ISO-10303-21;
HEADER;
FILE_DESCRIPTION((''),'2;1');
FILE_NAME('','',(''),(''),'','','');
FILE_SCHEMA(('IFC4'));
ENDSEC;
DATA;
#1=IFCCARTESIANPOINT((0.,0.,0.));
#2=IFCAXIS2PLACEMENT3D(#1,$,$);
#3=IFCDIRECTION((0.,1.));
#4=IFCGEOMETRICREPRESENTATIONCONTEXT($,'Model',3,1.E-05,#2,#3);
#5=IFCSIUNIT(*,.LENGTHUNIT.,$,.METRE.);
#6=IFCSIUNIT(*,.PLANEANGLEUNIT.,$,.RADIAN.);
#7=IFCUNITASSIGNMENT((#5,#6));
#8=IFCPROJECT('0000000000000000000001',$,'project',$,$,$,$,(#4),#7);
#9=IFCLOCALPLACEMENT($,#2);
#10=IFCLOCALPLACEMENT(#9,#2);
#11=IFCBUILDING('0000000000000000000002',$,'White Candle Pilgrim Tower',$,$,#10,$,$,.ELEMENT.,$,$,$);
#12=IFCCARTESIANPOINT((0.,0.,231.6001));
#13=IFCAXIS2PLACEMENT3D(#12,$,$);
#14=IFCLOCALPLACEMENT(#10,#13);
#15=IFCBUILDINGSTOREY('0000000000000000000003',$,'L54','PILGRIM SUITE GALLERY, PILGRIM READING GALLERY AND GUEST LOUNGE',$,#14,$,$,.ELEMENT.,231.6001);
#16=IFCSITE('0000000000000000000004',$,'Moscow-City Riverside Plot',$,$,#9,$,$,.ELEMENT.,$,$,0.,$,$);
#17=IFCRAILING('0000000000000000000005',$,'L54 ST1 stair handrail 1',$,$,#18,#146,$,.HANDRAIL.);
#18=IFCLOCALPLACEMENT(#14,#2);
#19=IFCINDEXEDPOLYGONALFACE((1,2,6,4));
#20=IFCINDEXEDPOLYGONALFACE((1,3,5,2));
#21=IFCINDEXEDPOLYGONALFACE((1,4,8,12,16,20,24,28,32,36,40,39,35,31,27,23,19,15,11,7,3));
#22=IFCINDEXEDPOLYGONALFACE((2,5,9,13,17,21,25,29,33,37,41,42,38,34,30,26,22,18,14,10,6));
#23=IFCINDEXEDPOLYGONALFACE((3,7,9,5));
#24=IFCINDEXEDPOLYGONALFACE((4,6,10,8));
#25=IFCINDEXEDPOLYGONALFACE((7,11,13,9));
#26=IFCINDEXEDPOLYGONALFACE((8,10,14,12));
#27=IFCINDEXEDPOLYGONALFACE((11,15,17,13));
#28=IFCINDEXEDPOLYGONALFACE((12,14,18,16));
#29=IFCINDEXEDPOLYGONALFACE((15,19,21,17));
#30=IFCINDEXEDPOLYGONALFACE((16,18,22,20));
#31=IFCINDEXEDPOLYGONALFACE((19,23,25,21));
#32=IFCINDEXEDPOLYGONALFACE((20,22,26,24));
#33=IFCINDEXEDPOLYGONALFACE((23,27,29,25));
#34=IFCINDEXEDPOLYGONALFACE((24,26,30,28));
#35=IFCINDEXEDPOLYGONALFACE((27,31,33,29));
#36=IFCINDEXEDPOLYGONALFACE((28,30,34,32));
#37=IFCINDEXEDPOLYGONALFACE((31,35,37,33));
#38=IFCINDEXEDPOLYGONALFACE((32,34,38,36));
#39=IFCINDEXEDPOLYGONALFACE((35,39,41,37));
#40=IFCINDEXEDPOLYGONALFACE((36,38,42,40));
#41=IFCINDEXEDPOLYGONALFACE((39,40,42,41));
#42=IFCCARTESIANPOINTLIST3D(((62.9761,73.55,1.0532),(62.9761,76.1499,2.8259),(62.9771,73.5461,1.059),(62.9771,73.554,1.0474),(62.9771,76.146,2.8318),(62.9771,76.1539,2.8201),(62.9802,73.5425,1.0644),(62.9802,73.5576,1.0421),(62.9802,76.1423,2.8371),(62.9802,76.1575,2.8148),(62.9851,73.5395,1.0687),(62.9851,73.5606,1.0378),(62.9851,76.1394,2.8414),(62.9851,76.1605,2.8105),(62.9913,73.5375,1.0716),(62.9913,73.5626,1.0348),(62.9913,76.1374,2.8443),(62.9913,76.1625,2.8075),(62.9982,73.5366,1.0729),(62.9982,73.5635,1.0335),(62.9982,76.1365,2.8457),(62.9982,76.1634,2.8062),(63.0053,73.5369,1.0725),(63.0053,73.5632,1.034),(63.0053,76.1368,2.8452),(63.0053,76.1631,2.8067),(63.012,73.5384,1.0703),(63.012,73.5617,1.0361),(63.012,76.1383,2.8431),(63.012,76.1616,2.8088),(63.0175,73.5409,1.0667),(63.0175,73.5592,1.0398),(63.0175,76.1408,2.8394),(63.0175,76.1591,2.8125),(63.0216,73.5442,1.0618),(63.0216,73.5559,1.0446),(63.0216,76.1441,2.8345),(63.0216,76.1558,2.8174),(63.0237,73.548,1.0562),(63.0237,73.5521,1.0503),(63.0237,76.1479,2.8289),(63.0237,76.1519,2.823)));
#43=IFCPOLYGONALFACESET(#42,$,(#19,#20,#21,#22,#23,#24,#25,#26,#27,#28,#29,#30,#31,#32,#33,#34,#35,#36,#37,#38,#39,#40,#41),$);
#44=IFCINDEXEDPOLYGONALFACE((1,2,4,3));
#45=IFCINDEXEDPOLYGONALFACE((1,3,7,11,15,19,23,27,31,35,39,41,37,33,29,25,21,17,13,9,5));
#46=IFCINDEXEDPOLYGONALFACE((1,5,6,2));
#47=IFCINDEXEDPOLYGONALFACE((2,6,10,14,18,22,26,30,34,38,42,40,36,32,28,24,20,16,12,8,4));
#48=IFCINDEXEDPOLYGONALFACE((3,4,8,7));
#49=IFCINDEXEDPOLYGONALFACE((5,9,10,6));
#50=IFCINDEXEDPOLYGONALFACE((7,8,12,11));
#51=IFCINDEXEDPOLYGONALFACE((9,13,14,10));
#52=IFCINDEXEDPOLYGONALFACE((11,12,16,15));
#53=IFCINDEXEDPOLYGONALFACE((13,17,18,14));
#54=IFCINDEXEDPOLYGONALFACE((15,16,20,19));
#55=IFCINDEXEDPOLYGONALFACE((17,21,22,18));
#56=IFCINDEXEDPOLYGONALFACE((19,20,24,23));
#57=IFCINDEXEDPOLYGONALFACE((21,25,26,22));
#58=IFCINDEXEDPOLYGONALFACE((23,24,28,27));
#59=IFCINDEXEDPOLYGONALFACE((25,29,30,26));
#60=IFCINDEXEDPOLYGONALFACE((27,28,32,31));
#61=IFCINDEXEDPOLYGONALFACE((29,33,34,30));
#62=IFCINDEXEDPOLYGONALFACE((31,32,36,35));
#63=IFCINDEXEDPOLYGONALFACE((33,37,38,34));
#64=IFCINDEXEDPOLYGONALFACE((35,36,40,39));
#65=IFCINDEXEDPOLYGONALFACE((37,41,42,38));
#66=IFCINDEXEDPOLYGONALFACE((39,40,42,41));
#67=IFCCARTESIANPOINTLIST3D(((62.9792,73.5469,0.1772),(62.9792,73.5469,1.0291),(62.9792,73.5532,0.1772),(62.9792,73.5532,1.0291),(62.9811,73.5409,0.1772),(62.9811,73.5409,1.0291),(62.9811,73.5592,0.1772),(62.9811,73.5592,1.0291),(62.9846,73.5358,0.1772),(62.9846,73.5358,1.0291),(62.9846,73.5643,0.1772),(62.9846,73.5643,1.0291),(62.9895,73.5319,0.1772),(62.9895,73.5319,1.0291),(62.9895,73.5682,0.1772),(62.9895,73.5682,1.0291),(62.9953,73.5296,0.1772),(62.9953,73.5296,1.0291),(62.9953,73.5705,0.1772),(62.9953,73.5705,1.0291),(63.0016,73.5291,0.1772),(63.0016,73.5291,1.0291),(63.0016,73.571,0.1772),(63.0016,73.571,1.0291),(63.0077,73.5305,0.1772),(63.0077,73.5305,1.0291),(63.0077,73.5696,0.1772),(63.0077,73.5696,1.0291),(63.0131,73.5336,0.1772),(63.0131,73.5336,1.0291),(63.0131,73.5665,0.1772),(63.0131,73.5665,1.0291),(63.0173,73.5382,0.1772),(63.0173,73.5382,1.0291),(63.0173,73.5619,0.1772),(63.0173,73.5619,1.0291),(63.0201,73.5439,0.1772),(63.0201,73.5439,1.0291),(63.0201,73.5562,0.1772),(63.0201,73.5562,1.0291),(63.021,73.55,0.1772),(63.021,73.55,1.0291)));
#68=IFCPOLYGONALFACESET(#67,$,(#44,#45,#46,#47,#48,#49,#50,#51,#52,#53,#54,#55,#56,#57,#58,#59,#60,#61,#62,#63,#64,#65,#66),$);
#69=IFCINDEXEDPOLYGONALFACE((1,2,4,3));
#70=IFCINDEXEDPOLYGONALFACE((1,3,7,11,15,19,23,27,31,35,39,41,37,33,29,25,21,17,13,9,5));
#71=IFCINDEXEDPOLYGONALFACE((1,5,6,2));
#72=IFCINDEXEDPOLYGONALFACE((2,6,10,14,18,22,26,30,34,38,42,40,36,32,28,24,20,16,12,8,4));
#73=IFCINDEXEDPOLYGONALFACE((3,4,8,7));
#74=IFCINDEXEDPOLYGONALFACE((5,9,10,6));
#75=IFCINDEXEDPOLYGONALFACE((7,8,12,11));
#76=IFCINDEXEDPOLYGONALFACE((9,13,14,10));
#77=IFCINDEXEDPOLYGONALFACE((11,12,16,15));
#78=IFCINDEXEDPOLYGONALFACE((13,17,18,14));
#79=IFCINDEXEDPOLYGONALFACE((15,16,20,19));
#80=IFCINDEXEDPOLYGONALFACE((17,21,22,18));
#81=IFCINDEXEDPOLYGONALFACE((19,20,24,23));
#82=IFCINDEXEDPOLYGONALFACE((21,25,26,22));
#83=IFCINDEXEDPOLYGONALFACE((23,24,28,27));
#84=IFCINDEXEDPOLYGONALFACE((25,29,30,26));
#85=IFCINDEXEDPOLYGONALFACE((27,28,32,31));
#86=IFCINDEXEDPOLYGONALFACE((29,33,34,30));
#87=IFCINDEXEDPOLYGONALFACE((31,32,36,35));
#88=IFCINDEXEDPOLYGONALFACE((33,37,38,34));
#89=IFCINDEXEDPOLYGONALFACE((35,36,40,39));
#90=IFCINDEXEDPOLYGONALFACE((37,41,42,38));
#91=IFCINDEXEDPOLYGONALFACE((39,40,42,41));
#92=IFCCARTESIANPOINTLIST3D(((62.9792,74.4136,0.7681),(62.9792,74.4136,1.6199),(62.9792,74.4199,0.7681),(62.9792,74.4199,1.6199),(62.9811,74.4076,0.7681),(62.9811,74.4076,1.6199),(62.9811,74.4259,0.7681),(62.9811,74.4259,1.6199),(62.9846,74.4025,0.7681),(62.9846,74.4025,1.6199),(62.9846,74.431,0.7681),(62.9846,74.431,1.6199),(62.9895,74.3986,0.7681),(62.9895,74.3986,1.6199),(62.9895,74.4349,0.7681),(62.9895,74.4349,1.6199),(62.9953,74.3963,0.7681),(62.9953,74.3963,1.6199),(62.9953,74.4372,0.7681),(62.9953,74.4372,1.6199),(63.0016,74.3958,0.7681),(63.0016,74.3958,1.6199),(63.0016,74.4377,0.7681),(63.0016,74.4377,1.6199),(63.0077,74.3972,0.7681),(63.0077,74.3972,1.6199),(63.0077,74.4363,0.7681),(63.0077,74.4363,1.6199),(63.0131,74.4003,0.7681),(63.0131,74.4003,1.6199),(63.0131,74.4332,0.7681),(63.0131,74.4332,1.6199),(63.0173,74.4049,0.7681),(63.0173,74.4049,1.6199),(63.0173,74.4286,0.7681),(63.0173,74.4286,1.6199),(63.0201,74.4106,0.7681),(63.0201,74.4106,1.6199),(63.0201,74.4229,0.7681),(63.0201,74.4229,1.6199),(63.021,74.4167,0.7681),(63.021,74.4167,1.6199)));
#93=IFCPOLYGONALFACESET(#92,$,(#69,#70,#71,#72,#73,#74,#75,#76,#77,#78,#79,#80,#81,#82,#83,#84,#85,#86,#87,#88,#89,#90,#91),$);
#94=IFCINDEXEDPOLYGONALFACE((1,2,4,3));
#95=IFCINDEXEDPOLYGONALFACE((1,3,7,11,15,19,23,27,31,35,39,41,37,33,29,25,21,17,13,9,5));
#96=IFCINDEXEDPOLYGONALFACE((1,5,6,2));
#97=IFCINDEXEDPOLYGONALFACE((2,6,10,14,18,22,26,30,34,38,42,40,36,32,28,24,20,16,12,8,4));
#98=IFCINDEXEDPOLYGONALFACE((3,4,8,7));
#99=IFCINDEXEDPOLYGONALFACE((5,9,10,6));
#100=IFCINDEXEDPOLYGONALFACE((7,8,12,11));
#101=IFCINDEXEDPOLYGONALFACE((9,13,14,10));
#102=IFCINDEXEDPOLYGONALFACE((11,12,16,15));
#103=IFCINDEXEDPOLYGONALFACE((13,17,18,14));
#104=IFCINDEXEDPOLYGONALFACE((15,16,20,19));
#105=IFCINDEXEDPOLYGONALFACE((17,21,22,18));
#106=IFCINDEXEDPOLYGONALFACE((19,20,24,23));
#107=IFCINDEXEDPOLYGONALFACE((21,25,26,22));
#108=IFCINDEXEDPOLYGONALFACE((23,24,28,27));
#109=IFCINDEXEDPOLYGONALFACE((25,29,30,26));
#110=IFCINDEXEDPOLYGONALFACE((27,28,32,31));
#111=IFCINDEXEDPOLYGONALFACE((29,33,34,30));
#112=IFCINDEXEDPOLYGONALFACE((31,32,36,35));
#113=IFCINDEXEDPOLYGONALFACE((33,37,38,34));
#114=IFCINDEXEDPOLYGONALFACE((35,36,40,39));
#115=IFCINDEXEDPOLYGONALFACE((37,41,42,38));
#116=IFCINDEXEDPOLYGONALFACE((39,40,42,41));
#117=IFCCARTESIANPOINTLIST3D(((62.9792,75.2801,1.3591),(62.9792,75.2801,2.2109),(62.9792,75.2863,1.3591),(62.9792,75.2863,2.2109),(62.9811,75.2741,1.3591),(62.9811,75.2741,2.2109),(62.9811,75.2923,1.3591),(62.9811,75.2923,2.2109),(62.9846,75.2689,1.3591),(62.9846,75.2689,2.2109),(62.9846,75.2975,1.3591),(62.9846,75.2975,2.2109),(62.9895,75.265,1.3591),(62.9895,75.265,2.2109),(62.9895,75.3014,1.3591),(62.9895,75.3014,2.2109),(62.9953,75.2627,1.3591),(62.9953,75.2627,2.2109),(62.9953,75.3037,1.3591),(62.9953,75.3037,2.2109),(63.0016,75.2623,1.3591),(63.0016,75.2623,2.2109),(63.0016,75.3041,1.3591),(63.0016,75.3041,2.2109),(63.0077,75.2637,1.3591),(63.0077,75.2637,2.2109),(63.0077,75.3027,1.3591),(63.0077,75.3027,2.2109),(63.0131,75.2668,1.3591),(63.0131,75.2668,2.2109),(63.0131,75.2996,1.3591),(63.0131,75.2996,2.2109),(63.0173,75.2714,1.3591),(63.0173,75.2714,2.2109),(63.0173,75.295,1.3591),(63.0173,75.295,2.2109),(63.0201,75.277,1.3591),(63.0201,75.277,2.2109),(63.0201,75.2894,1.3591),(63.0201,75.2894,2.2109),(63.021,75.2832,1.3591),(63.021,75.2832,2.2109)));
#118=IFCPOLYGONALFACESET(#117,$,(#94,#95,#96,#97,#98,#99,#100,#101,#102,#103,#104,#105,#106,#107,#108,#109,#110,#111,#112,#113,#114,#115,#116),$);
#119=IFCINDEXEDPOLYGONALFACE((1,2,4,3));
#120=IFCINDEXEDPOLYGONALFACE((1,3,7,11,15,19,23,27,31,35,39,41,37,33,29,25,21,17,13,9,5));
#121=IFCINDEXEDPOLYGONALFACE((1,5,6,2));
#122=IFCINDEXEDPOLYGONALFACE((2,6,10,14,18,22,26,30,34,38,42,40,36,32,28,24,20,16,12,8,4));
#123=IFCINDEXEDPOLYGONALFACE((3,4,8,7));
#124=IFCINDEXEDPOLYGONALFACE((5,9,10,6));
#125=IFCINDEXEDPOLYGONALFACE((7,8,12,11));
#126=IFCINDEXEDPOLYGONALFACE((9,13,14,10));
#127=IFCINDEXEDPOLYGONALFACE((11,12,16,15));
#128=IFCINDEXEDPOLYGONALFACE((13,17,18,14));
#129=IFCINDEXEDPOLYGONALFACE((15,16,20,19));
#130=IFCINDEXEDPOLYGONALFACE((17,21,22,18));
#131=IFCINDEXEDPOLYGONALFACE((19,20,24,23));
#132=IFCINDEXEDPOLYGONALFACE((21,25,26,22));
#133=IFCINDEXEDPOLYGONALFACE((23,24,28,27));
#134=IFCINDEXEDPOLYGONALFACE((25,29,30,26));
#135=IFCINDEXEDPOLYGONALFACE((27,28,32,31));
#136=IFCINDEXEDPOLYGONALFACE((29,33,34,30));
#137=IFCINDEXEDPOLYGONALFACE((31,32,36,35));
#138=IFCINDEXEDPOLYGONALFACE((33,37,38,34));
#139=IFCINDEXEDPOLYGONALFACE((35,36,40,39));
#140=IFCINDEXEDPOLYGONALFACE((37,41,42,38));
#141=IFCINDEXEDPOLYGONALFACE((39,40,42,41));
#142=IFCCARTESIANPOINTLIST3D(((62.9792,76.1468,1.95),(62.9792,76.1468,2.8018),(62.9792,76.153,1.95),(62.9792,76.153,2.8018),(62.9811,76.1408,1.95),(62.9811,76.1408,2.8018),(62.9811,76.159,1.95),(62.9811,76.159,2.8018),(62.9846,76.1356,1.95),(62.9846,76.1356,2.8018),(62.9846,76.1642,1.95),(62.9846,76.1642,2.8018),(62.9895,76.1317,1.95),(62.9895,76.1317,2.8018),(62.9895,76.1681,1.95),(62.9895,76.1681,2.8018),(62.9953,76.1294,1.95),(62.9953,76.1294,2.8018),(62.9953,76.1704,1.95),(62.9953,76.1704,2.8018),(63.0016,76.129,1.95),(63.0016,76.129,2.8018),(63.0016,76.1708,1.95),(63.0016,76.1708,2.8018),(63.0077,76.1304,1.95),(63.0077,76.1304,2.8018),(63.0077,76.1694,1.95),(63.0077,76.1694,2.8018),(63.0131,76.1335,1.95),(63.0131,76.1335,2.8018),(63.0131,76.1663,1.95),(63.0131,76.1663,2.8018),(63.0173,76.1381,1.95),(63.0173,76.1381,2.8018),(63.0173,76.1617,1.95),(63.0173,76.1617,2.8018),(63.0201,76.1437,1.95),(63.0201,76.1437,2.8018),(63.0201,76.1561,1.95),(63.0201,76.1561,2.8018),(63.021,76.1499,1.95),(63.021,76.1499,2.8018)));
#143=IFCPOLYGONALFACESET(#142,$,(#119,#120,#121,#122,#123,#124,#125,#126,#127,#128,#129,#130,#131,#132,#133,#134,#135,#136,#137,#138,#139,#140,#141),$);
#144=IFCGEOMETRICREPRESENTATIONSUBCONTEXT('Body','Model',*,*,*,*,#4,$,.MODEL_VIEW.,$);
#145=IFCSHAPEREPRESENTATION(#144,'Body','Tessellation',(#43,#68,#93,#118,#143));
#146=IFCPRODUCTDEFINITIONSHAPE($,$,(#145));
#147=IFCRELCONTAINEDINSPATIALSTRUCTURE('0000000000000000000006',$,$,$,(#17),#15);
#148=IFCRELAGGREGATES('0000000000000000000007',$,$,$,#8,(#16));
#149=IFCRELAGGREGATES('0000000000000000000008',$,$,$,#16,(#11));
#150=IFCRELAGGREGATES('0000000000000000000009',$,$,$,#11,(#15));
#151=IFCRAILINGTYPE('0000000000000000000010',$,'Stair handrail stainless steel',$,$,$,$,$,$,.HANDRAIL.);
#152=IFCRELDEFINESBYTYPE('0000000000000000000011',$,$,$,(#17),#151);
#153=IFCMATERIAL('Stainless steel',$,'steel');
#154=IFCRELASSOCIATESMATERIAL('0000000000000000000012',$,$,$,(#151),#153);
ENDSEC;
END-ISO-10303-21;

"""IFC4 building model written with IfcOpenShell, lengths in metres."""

from ifc_helpers import new_model, si_unit, direction, frame, origin, origin_2d, place, context, subcontext, project, spatial, circle, extrude, material, type_object, element, save


model = new_model("IFC4")

# Units and contexts
model_context = context("Model", 3, precision=1e-05, world=origin(), true_north=direction((0.0, 1.0)))
body_context = subcontext(model_context, "Body", "Model", "MODEL_VIEW")
ifc_project = project(units=[si_unit("LENGTHUNIT", "METRE"), si_unit("PLANEANGLEUNIT", "RADIAN")], contexts=[model_context])

# Site, building, storey
site_placement = place(None, origin())
site = spatial("IfcSite", under=ifc_project, at=site_placement, Name="Moscow-City Riverside Plot", CompositionType="ELEMENT", RefElevation=0.0)
building_placement = place(site_placement, origin())
building = spatial("IfcBuilding", under=site, at=building_placement, Name="White Candle Pilgrim Tower", CompositionType="ELEMENT")
storey_placement = place(building_placement, frame((0.0, 0.0, 231.6001)))
storey = spatial("IfcBuildingStorey", under=building, at=storey_placement, Name="L54", Description="PILGRIM SUITE GALLERY, PILGRIM READING GALLERY AND GUEST LOUNGE", CompositionType="ELEMENT", Elevation=231.6001)

# Railing
ifc_material_1 = material(Name="Stainless steel", Category="steel")
railing_type_1 = type_object("IfcRailingType", Name="Stair handrail stainless steel", PredefinedType="HANDRAIL", material=ifc_material_1)
railing_1_placement = place(storey_placement, frame((63.0, 73.55, 0.1772)))
element("IfcRailing", 1, at=railing_1_placement, inside=storey, type_object=railing_type_1, Name="L54 ST1 stair handrail 1", PredefinedType="HANDRAIL", context=body_context, shape_type="SweptSolid", body=[
    extrude(circle(Radius=0.0239, at=origin_2d()), frame((0.0, 0.0, 0.876), z_axis=(0.0, 0.826216, 0.563354), x_axis=(-1.0, 0.0, 0.0)), (0.0, 0.0, 1.0), 3.1467),
    extrude(circle(Radius=0.021, at=origin_2d()), origin(), (0.0, 0.0, 1.0), 0.8518),
    extrude(circle(Radius=0.021, at=origin_2d()), frame((0.0, 0.8667, 0.5908)), (0.0, 0.0, 1.0), 0.8518),
    extrude(circle(Radius=0.021, at=origin_2d()), frame((0.0, 1.7332, 1.1819)), (0.0, 0.0, 1.0), 0.8518),
    extrude(circle(Radius=0.021, at=origin_2d()), frame((0.0, 2.5999, 1.7727)), (0.0, 0.0, 1.0), 0.8518),
])

save(model, "model.ifc")
